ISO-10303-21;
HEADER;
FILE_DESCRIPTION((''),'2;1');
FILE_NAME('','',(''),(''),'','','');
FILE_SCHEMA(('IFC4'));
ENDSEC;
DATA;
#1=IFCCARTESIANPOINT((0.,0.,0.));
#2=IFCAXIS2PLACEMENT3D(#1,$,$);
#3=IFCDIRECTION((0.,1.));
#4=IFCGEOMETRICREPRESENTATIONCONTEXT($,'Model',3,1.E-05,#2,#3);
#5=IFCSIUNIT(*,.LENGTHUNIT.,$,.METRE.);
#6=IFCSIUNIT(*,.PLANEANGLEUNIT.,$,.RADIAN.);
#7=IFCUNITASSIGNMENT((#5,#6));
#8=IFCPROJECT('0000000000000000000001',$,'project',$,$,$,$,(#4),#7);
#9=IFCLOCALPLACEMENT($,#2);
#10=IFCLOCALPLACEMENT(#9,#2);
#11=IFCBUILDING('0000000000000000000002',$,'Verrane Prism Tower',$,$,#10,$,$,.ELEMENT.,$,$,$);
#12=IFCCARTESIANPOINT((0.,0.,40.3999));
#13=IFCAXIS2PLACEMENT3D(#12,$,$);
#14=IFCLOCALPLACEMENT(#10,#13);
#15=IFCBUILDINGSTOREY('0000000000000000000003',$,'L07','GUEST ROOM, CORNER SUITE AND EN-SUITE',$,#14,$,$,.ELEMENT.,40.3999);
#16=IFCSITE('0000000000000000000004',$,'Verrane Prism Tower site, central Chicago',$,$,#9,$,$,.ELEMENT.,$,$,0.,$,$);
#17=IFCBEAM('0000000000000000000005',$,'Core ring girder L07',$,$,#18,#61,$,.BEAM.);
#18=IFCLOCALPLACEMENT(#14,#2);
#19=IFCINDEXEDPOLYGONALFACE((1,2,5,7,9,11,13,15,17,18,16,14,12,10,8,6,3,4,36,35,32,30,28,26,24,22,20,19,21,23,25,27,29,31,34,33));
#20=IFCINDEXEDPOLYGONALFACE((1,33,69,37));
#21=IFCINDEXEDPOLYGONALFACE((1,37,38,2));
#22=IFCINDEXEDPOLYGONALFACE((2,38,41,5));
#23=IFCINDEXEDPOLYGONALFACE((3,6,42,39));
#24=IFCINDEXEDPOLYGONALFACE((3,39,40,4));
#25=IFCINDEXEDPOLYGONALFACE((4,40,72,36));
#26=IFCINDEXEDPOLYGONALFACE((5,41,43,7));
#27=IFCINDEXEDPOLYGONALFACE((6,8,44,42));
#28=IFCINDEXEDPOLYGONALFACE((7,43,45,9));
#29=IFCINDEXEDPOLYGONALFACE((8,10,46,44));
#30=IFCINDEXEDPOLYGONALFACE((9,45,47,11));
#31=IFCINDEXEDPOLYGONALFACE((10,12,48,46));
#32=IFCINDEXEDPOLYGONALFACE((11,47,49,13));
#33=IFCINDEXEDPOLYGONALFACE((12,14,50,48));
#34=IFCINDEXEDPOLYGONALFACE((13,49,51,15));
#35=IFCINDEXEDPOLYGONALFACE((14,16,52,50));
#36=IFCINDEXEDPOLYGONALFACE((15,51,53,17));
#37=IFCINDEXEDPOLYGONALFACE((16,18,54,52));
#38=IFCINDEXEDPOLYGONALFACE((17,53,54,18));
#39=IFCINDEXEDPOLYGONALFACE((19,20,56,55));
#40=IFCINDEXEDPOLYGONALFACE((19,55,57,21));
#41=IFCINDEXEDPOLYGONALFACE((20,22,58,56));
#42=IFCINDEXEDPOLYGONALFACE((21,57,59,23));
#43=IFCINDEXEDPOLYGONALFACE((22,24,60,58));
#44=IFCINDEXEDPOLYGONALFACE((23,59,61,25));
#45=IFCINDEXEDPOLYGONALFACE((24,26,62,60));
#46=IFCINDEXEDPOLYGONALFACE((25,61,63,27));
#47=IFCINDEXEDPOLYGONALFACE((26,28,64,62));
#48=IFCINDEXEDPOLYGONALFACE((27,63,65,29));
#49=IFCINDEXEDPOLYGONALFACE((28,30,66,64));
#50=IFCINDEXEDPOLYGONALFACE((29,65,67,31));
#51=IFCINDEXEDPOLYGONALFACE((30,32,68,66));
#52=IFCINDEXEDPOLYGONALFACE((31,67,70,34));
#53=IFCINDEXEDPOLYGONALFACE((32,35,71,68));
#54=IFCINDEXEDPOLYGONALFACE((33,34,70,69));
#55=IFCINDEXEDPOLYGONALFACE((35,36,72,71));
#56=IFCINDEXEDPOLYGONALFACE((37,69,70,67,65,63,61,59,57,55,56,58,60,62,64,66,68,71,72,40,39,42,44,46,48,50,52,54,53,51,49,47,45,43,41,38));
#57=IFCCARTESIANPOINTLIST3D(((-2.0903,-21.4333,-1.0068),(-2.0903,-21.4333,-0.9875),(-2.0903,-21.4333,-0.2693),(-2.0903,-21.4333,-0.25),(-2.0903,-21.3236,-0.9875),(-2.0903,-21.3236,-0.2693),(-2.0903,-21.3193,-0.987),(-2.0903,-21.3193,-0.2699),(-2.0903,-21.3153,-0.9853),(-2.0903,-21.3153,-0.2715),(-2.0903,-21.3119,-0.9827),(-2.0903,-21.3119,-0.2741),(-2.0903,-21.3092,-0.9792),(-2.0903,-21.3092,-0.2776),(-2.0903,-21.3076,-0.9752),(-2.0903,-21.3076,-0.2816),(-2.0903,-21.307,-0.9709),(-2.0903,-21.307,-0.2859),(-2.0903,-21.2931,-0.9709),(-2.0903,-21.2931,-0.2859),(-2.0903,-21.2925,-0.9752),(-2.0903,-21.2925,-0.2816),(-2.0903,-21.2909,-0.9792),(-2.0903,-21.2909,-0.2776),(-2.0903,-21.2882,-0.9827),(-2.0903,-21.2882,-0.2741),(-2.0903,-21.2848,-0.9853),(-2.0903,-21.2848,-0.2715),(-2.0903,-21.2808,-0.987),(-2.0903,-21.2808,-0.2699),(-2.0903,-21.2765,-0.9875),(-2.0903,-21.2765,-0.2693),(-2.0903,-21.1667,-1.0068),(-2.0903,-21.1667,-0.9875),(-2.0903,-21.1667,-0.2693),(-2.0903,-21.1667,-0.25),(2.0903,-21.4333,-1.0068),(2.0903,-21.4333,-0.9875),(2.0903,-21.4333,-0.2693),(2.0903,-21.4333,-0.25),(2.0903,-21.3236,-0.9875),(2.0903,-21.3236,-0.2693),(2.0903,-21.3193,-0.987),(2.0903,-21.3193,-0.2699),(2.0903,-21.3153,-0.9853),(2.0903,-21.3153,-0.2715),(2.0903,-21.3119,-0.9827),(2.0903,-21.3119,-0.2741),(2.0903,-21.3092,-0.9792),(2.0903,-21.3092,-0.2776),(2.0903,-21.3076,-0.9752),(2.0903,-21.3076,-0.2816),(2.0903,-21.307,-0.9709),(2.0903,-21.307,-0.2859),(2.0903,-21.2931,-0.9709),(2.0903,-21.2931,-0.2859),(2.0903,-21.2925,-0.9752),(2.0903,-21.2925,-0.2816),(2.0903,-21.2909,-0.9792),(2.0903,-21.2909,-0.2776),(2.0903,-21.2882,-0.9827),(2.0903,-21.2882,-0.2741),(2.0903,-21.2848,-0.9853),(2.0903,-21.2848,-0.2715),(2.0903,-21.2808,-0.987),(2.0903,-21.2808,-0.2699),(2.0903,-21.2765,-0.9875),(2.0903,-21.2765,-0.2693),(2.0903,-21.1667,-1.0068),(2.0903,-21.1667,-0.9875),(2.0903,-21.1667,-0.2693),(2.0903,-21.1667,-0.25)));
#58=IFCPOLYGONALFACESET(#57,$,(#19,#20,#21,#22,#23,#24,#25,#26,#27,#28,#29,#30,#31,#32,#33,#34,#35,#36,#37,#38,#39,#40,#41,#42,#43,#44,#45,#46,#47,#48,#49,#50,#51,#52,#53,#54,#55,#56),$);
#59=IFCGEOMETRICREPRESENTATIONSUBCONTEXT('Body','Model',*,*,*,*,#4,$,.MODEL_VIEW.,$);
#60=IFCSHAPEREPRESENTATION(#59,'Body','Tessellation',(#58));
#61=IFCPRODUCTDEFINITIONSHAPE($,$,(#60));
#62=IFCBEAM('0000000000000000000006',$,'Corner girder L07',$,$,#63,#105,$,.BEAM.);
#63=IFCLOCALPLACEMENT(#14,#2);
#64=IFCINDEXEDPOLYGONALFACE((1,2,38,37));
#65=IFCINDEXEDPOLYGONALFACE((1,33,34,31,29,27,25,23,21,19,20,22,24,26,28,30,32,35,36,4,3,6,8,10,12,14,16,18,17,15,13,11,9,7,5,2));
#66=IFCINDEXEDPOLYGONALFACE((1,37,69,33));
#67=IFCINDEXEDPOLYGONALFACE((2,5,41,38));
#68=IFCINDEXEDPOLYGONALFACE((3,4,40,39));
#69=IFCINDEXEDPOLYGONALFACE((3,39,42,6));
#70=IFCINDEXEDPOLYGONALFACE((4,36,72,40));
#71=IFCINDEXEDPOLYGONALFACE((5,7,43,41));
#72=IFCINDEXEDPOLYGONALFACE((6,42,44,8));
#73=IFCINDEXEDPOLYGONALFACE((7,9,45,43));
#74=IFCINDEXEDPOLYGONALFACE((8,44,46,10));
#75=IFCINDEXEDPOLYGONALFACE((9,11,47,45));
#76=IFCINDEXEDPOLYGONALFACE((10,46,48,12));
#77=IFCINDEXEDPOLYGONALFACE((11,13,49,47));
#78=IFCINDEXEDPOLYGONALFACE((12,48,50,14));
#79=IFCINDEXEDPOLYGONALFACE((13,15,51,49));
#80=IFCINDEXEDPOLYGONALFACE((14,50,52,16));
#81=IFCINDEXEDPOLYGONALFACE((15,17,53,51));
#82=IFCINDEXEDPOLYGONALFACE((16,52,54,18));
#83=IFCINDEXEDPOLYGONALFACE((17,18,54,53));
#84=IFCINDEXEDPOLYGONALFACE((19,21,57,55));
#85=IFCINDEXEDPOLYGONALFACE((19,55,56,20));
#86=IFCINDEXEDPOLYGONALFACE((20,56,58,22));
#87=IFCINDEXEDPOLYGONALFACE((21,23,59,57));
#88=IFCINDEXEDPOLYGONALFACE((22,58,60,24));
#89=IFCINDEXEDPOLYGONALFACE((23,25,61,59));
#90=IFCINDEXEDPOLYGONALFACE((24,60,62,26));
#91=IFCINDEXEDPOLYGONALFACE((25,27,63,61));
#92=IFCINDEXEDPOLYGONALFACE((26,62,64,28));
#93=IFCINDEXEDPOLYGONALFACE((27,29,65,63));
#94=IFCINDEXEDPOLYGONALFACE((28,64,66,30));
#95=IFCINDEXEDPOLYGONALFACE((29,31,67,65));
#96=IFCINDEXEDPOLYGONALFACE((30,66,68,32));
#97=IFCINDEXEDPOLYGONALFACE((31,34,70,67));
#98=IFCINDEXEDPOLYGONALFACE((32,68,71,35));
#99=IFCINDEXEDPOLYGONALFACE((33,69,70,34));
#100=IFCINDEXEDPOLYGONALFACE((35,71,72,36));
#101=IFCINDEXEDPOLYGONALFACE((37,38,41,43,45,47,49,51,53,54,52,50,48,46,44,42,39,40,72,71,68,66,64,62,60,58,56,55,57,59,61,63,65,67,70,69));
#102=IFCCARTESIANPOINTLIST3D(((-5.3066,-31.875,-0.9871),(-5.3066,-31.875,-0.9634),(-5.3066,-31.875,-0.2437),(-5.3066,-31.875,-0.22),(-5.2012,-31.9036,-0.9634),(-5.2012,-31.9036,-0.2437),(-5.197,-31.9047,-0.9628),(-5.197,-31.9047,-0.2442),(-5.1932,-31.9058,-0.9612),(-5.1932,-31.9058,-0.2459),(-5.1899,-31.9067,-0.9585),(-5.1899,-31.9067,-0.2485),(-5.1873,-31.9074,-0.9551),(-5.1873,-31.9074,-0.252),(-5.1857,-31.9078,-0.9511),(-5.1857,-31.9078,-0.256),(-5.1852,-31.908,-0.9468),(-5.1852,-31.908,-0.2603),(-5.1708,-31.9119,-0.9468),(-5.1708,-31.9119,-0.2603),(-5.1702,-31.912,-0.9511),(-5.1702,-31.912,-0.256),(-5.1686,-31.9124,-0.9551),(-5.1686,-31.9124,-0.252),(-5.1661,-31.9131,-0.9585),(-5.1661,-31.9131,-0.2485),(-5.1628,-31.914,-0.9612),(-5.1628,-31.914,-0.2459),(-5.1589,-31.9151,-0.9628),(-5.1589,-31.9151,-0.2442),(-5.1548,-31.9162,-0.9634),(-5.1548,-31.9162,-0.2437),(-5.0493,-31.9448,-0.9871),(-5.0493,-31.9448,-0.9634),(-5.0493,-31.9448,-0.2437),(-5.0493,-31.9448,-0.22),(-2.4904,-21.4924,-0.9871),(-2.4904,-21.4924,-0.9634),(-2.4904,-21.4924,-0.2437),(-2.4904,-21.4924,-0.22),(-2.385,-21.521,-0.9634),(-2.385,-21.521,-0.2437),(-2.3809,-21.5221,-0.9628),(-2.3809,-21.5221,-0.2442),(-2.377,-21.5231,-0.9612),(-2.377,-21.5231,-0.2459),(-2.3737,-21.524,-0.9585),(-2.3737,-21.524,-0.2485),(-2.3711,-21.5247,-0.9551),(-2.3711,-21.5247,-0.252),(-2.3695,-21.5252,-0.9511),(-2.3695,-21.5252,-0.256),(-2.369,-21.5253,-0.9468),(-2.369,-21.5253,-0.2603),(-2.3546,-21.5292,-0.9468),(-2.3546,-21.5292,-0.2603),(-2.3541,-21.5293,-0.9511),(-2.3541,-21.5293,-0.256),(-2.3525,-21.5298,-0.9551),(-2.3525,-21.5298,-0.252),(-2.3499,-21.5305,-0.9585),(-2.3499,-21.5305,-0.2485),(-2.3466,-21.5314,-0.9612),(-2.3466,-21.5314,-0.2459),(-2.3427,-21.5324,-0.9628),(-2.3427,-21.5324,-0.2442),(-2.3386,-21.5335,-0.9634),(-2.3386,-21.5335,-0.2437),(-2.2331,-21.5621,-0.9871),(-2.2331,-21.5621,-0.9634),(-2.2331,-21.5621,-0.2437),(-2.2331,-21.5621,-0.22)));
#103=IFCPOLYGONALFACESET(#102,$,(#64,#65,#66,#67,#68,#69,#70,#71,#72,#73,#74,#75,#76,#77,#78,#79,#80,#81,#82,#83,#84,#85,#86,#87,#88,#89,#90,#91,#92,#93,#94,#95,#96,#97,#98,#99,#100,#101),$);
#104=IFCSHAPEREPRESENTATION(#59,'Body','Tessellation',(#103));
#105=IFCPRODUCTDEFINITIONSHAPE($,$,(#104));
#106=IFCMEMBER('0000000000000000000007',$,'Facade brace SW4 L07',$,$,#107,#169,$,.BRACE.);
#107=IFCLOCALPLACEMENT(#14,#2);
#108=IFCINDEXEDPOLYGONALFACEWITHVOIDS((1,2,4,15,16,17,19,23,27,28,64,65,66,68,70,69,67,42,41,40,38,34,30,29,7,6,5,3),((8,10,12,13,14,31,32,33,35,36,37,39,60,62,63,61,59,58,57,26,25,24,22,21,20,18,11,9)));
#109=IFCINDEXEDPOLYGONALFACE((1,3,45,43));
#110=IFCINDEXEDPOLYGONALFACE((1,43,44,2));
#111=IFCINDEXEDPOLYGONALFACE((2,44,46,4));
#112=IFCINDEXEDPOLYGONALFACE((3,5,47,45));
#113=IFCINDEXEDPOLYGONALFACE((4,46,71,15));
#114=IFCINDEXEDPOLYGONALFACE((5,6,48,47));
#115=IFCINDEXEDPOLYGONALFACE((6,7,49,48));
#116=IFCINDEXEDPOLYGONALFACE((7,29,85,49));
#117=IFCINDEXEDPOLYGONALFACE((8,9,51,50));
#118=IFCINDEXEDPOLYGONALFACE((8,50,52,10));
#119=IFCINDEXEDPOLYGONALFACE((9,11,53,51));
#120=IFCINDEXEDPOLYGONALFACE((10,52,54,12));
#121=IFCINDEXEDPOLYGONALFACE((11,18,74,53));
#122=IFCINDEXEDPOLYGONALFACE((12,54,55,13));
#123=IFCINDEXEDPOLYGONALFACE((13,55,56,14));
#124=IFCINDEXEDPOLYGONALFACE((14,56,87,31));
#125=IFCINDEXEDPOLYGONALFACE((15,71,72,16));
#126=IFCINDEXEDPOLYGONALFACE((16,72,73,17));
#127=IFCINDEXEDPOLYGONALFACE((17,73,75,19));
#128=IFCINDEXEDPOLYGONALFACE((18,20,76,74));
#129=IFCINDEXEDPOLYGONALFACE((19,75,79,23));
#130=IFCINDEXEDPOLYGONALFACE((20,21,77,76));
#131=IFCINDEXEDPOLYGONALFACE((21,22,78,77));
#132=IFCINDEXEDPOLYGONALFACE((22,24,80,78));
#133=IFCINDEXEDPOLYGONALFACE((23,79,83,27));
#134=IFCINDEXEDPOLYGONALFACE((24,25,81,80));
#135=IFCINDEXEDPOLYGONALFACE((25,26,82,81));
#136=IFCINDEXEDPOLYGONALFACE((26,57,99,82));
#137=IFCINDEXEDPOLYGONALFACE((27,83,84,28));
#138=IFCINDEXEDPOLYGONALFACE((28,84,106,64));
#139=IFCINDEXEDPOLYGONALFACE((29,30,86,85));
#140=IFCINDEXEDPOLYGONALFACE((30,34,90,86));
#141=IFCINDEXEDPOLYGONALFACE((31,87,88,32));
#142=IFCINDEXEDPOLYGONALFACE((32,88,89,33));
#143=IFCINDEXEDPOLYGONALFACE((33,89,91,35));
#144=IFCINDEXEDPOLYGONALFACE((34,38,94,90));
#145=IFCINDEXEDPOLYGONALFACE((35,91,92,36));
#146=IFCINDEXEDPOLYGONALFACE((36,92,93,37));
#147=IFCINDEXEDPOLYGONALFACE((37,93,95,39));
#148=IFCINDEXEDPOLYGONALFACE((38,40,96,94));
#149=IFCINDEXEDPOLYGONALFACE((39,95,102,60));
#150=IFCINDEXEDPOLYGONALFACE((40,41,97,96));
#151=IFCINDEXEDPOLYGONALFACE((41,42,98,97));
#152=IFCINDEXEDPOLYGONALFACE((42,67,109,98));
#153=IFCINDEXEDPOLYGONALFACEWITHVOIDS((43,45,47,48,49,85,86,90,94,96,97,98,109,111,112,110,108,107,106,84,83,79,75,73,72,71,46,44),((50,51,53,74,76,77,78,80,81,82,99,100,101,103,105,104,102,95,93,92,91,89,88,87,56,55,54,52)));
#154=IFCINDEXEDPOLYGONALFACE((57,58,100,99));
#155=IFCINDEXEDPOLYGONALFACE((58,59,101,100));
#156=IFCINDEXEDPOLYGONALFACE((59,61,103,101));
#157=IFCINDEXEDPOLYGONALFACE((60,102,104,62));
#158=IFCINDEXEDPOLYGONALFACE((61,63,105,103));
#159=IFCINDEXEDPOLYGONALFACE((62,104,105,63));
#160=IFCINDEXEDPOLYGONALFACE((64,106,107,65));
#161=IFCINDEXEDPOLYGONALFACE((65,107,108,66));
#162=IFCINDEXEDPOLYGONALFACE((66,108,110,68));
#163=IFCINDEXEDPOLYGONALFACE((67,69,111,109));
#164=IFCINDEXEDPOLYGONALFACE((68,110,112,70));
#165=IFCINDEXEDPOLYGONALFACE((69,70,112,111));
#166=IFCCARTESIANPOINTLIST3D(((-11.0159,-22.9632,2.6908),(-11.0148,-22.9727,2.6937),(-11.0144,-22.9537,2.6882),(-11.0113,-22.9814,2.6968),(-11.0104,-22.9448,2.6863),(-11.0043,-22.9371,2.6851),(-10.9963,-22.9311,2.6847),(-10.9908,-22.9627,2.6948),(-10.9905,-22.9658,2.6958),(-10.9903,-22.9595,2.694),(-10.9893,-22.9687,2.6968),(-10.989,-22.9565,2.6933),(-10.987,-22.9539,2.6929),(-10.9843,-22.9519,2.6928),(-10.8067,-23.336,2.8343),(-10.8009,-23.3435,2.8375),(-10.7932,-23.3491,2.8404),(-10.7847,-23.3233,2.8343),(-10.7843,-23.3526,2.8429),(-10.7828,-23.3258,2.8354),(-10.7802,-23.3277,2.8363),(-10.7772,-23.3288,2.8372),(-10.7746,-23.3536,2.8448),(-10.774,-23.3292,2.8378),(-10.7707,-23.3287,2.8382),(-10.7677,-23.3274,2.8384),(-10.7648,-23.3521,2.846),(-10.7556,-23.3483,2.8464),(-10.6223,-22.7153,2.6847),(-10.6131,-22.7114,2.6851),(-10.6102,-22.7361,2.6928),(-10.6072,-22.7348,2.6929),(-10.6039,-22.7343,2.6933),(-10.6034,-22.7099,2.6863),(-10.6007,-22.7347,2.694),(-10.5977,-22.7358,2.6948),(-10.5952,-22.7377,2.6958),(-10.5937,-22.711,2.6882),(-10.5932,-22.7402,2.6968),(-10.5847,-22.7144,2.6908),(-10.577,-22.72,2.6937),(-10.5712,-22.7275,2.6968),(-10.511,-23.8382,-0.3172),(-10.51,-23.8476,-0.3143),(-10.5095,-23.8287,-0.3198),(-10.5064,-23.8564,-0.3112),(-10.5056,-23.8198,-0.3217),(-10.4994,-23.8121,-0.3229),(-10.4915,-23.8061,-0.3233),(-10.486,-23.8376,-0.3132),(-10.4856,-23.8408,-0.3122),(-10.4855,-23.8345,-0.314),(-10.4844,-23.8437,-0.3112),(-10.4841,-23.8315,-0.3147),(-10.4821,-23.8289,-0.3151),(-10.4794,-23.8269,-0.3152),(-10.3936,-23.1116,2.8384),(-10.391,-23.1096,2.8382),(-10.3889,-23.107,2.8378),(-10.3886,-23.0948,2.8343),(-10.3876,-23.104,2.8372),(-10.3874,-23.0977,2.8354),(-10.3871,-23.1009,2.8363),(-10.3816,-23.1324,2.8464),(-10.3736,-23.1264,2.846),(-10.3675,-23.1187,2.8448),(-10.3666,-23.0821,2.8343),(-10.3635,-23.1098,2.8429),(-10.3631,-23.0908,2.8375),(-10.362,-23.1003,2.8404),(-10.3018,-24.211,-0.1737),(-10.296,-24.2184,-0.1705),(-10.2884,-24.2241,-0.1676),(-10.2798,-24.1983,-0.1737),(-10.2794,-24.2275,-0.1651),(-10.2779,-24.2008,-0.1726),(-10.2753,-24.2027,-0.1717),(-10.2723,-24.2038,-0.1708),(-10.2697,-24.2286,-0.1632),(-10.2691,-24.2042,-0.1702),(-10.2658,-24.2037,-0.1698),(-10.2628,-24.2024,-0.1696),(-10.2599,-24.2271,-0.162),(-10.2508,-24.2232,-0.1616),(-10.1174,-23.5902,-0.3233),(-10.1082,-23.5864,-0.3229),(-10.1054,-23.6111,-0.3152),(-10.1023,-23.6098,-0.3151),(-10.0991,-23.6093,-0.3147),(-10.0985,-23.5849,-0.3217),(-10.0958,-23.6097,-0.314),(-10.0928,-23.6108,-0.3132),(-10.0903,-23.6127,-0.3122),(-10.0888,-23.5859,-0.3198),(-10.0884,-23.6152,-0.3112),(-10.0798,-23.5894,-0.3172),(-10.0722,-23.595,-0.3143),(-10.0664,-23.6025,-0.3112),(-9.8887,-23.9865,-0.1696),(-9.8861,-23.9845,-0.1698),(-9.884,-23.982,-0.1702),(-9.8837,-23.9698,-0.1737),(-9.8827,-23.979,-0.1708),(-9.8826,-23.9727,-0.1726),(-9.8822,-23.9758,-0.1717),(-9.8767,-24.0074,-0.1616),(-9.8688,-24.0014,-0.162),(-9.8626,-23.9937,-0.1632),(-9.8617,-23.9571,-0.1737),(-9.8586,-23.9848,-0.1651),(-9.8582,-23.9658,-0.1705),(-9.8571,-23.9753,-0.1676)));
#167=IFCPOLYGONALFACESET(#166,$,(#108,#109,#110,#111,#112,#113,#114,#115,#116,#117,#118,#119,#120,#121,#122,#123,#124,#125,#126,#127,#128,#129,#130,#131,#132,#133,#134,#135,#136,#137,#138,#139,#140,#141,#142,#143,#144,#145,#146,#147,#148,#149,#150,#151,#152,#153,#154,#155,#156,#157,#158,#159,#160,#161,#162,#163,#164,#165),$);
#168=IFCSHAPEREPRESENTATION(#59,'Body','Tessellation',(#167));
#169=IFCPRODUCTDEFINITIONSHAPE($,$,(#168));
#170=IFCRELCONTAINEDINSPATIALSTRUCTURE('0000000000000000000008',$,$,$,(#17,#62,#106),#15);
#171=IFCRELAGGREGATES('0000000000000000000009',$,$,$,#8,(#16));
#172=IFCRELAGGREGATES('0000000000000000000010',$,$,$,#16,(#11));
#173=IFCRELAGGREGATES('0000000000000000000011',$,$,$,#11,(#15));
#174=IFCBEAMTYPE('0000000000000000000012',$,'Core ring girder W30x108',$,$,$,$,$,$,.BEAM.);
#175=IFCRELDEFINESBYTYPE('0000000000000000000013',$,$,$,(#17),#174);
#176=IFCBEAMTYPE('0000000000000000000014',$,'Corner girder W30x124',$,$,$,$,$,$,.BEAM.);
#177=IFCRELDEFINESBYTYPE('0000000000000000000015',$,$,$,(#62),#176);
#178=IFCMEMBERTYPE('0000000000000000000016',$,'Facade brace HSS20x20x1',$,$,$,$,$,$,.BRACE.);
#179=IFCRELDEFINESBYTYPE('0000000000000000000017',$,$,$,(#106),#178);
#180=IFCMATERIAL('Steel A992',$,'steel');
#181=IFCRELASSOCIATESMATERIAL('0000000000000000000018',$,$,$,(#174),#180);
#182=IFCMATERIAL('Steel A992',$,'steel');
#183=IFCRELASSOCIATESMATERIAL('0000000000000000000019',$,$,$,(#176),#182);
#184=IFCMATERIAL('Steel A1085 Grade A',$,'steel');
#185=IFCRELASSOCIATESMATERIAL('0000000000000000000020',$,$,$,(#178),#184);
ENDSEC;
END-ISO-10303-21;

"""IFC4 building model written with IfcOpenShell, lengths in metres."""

from ifc_helpers import new_model, si_unit, direction, frame, origin, origin_2d, place, context, subcontext, project, spatial, hollow_rectangle, i_section, extrude, material, material_profile, profile_set, type_object, element, save


model = new_model("IFC4")

# Units and contexts
model_context = context("Model", 3, precision=1e-05, world=origin(), true_north=direction((0.0, 1.0)))
body_context = subcontext(model_context, "Body", "Model", "MODEL_VIEW")
ifc_project = project(units=[si_unit("LENGTHUNIT", "METRE"), si_unit("PLANEANGLEUNIT", "RADIAN")], contexts=[model_context])

# Site, building, storey
site_placement = place(None, origin())
site = spatial("IfcSite", under=ifc_project, at=site_placement, Name="Verrane Prism Tower site, central Chicago", CompositionType="ELEMENT", RefElevation=0.0)
building_placement = place(site_placement, origin())
building = spatial("IfcBuilding", under=site, at=building_placement, Name="Verrane Prism Tower", CompositionType="ELEMENT")
storey_placement = place(building_placement, frame((0.0, 0.0, 40.3999)))
storey = spatial("IfcBuildingStorey", under=building, at=storey_placement, Name="L07", Description="GUEST ROOM, CORNER SUITE AND EN-SUITE", CompositionType="ELEMENT", Elevation=40.3999)

# Beams
ifc_material_1 = material(Name="Steel A992", Category="steel")
ifc_material_profile_1 = material_profile(ifc_material_1, i_section(OverallWidth=0.2666, OverallDepth=0.7568, WebThickness=0.0139, FlangeThickness=0.0193, FilletRadius=0.0166, at=origin_2d()), Name="W30x108")
ifc_profile_set_1 = profile_set([ifc_material_profile_1], Name="Steel A992")
beam_type_1 = type_object("IfcBeamType", Name="Core ring girder W30x108", PredefinedType="BEAM", material=ifc_profile_set_1)
beam_1_placement = place(storey_placement, frame((-2.0903, -21.3, -0.6284), z_axis=(1.0, 0.0, 0.0), x_axis=(0.0, 1.0, 0.0)))
element("IfcBeam", 1, at=beam_1_placement, inside=storey, type_object=beam_type_1, Name="Core ring girder L07", PredefinedType="BEAM", context=body_context, shape_type="SweptSolid", body=[
    extrude(i_section(OverallWidth=0.2666, OverallDepth=0.7568, WebThickness=0.0139, FlangeThickness=0.0193, FilletRadius=0.0166, at=origin_2d()), origin(), (0.0, 0.0, 1.0), 4.1807),
])
ifc_material_2 = material(Name="Steel A992", Category="steel")
ifc_material_profile_2 = material_profile(ifc_material_2, i_section(OverallWidth=0.2666, OverallDepth=0.7671, WebThickness=0.0149, FlangeThickness=0.0237, FilletRadius=0.0166, at=origin_2d()), Name="W30x124")
ifc_profile_set_2 = profile_set([ifc_material_profile_2], Name="Steel A992")
beam_type_2 = type_object("IfcBeamType", Name="Corner girder W30x124", PredefinedType="BEAM", material=ifc_profile_set_2)
beam_2_placement = place(storey_placement, frame((-5.178, -31.9099, -0.6035), z_axis=(0.261781, 0.965127, 0.0), x_axis=(-0.965127, 0.261781, 0.0)))
element("IfcBeam", 2, at=beam_2_placement, inside=storey, type_object=beam_type_2, Name="Corner girder L07", PredefinedType="BEAM", context=body_context, shape_type="SweptSolid", body=[
    extrude(i_section(OverallWidth=0.2666, OverallDepth=0.7671, WebThickness=0.0149, FlangeThickness=0.0237, FilletRadius=0.0166, at=origin_2d()), origin(), (0.0, 0.0, 1.0), 10.7578),
])

# Member
ifc_material_3 = material(Name="Steel A1085 Grade A", Category="steel")
ifc_material_profile_3 = material_profile(ifc_material_3, hollow_rectangle(XDim=0.5081, YDim=0.5081, WallThickness=0.0254, InnerFilletRadius=0.0127, OuterFilletRadius=0.0381, at=origin_2d()), Name="HSS20x20x1")
ifc_profile_set_3 = profile_set([ifc_material_profile_3], Name="Steel A1085 Grade A")
member_type_1 = type_object("IfcMemberType", Name="Facade brace HSS20x20x1", PredefinedType="BRACE", material=ifc_profile_set_3)
member_1_placement = place(storey_placement, frame((-10.1841, -23.9067, -0.2424), z_axis=(-0.15911, 0.27575, 0.947969), x_axis=(-0.866153, -0.499778, 0.0)))
element("IfcMember", 3, at=member_1_placement, inside=storey, type_object=member_type_1, Name="Facade brace SW4 L07", PredefinedType="BRACE", context=body_context, shape_type="SweptSolid", body=[
    extrude(hollow_rectangle(XDim=0.5081, YDim=0.5081, WallThickness=0.0254, InnerFilletRadius=0.0127, OuterFilletRadius=0.0381, at=origin_2d()), origin(), (0.0, 0.0, 1.0), 3.1731),
])

save(model, "model.ifc")
